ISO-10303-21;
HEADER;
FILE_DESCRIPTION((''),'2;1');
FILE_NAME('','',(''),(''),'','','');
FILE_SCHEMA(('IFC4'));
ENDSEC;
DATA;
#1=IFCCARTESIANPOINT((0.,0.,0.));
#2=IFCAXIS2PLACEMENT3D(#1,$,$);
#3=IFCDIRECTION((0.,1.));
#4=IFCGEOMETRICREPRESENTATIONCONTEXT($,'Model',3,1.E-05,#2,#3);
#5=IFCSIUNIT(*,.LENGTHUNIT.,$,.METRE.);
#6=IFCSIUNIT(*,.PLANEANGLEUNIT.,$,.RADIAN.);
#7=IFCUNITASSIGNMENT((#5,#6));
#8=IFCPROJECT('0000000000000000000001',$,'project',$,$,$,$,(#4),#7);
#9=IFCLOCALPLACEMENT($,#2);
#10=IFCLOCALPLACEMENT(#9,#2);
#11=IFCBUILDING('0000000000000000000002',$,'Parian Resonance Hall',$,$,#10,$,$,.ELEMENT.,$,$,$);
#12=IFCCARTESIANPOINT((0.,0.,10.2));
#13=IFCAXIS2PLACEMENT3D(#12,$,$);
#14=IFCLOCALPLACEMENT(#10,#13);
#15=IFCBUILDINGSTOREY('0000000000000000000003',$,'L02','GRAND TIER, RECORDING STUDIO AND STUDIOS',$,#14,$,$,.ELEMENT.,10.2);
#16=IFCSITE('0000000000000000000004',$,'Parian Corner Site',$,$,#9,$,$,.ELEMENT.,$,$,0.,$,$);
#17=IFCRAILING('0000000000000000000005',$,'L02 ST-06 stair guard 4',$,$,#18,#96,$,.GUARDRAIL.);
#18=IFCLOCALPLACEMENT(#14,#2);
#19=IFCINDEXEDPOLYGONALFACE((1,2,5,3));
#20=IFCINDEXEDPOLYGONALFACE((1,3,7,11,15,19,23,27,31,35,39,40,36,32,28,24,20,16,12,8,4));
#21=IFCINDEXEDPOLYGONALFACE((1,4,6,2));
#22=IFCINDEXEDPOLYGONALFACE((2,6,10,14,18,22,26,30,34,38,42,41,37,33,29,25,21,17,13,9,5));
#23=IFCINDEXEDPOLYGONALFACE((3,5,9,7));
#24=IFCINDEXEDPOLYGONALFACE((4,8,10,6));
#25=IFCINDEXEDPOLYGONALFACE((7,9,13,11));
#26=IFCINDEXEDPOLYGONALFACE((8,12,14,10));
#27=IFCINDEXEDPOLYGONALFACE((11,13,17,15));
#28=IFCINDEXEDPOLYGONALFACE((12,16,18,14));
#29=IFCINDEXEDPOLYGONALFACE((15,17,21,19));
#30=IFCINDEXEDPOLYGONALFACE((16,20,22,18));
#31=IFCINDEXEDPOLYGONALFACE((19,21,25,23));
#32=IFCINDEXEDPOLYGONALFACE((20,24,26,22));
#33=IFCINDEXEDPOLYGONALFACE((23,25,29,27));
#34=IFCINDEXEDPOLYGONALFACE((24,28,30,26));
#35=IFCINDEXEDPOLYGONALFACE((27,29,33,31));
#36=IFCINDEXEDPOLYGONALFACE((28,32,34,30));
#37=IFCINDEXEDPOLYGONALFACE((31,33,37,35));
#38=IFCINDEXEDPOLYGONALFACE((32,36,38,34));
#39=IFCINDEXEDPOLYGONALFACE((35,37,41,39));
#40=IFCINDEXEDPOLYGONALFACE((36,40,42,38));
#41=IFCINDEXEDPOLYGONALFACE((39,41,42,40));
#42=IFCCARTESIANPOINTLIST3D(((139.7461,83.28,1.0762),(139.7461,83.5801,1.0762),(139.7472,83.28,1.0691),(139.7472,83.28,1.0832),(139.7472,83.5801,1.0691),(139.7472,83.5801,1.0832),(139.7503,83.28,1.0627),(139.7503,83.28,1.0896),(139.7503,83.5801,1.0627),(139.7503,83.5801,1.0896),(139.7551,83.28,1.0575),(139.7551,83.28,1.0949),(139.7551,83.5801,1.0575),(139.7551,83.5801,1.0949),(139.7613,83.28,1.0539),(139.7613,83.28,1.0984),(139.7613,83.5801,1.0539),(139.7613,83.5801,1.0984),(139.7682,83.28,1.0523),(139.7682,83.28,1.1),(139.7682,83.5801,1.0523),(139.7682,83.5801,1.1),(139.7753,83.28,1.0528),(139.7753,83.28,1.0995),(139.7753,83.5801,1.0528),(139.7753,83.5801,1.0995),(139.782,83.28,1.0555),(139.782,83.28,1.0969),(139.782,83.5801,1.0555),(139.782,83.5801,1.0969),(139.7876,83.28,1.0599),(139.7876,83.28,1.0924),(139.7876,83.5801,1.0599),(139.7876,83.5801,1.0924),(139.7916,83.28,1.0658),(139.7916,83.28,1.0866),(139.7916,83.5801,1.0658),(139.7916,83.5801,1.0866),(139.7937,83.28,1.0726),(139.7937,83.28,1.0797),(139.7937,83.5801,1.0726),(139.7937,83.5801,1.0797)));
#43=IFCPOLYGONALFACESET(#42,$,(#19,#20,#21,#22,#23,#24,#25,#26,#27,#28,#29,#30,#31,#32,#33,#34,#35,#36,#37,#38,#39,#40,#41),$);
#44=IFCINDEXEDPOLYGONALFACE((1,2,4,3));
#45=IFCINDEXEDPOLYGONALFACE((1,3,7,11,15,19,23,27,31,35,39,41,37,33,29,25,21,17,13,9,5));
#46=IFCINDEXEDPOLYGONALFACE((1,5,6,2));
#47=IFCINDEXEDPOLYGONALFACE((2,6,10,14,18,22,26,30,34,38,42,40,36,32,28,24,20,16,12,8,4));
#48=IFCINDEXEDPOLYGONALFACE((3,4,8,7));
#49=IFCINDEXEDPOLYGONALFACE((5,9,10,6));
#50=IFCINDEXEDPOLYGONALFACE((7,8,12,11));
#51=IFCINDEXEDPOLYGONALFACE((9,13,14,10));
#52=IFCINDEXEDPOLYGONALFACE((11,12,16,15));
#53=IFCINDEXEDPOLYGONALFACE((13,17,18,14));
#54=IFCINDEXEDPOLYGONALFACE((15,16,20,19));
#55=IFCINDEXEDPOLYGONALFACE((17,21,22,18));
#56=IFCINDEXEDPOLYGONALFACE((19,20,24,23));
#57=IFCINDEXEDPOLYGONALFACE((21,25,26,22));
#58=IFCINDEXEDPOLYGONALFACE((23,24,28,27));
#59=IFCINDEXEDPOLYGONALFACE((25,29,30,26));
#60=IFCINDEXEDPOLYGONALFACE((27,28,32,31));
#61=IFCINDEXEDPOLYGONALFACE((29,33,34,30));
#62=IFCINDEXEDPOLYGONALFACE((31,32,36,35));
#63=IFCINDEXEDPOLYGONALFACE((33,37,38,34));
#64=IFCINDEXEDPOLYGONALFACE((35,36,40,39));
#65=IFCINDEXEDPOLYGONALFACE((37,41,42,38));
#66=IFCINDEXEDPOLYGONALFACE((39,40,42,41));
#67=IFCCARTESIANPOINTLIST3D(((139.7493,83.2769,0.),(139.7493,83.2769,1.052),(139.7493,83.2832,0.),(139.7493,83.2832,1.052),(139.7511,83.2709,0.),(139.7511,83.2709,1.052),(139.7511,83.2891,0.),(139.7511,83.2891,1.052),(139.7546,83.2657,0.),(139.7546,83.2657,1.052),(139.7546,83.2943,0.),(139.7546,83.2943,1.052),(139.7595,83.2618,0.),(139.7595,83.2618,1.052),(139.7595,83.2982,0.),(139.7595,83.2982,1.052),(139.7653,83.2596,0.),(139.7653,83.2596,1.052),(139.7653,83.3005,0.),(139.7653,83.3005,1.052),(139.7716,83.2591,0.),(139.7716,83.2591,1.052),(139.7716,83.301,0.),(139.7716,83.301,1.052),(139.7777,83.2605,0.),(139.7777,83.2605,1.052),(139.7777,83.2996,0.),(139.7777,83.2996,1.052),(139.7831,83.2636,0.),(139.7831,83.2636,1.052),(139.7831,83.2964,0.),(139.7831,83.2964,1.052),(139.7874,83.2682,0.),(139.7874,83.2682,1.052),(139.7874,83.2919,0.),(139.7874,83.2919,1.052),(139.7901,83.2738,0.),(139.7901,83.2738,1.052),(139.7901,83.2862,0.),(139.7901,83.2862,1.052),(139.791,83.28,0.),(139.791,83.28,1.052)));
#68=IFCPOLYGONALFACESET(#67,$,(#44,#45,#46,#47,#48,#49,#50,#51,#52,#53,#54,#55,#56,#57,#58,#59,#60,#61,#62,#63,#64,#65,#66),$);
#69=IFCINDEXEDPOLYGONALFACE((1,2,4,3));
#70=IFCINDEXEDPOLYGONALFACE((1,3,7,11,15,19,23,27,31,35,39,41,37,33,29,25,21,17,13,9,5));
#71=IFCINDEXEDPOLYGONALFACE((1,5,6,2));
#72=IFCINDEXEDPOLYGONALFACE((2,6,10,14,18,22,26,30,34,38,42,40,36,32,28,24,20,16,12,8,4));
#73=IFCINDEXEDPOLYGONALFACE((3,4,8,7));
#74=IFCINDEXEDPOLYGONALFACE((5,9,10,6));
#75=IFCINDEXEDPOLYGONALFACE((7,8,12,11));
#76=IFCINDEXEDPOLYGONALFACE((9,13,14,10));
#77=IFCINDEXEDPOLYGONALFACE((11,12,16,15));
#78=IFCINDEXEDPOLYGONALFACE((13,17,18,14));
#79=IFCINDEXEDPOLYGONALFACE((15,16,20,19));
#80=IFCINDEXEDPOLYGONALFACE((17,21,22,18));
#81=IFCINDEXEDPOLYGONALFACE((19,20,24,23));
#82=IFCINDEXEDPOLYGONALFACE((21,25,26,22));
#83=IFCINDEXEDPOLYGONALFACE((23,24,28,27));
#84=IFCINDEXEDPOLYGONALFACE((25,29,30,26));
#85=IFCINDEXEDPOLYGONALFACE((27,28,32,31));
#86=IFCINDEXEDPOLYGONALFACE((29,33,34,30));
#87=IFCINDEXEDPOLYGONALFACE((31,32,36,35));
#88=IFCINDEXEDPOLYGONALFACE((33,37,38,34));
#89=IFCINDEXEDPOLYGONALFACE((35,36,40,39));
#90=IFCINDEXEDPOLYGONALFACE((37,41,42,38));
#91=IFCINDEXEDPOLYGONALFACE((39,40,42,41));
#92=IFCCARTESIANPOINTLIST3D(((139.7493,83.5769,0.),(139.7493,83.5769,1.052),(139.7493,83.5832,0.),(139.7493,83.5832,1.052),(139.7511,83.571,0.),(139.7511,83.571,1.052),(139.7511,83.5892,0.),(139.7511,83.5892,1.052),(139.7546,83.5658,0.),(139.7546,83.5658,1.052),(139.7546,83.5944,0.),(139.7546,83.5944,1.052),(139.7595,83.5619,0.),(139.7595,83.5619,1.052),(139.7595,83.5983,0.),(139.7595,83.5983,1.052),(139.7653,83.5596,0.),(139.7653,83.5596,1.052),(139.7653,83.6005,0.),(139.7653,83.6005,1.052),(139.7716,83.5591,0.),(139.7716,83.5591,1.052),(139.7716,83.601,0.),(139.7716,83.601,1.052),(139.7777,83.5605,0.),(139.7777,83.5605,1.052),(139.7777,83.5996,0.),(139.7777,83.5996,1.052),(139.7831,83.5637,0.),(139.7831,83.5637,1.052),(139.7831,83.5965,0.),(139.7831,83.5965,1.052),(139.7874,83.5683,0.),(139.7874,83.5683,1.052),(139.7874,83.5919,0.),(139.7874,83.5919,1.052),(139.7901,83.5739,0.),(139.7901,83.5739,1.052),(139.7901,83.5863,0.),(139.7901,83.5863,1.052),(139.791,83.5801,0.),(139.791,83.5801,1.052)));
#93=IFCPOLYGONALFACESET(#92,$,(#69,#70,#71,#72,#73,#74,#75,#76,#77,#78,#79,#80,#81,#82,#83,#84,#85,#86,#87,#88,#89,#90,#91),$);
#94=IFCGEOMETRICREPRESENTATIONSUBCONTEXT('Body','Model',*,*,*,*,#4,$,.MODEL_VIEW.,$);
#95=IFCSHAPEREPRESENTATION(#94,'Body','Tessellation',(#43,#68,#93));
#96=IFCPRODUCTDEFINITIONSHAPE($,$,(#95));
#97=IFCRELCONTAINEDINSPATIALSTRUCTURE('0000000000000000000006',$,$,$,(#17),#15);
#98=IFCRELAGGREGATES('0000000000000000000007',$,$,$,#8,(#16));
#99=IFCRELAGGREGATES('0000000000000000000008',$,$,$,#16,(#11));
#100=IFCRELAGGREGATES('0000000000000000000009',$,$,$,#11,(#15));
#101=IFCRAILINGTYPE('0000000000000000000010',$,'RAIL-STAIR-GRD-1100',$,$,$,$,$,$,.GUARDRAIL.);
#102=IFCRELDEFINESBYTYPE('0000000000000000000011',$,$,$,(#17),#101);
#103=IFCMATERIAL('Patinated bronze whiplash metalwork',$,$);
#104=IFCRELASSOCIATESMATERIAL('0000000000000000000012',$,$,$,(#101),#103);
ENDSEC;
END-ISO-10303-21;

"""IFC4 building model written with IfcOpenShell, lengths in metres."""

from ifc_helpers import new_model, si_unit, direction, frame, origin, origin_2d, place, context, subcontext, project, spatial, circle, extrude, material, type_object, element, save


model = new_model("IFC4")

# Units and contexts
model_context = context("Model", 3, precision=1e-05, world=origin(), true_north=direction((0.0, 1.0)))
body_context = subcontext(model_context, "Body", "Model", "MODEL_VIEW")
ifc_project = project(units=[si_unit("LENGTHUNIT", "METRE"), si_unit("PLANEANGLEUNIT", "RADIAN")], contexts=[model_context])

# Site, building, storey
site_placement = place(None, origin())
site = spatial("IfcSite", under=ifc_project, at=site_placement, Name="Parian Corner Site", CompositionType="ELEMENT", RefElevation=0.0)
building_placement = place(site_placement, origin())
building = spatial("IfcBuilding", under=site, at=building_placement, Name="Parian Resonance Hall", CompositionType="ELEMENT")
storey_placement = place(building_placement, frame((0.0, 0.0, 10.2)))
storey = spatial("IfcBuildingStorey", under=building, at=storey_placement, Name="L02", Description="GRAND TIER, RECORDING STUDIO AND STUDIOS", CompositionType="ELEMENT", Elevation=10.2)

# Railing
ifc_material_1 = material(Name="Patinated bronze whiplash metalwork")
railing_type_1 = type_object("IfcRailingType", Name="RAIL-STAIR-GRD-1100", PredefinedType="GUARDRAIL", material=ifc_material_1)
railing_1_placement = place(storey_placement, frame((139.77, 83.28, 0.0)))
element("IfcRailing", 1, at=railing_1_placement, inside=storey, type_object=railing_type_1, Name="L02 ST-06 stair guard 4", PredefinedType="GUARDRAIL", context=body_context, shape_type="SweptSolid", body=[
    extrude(circle(Radius=0.0239, at=origin_2d()), frame((0.0, 0.0, 1.0762), z_axis=(0.0, 1.0, 0.0), x_axis=(-1.0, 0.0, 0.0)), (0.0, 0.0, 1.0), 0.3),
    extrude(circle(Radius=0.021, at=origin_2d()), origin(), (0.0, 0.0, 1.0), 1.052),
    extrude(circle(Radius=0.021, at=origin_2d()), frame((0.0, 0.3, 0.0)), (0.0, 0.0, 1.0), 1.052),
])

save(model, "model.ifc")
